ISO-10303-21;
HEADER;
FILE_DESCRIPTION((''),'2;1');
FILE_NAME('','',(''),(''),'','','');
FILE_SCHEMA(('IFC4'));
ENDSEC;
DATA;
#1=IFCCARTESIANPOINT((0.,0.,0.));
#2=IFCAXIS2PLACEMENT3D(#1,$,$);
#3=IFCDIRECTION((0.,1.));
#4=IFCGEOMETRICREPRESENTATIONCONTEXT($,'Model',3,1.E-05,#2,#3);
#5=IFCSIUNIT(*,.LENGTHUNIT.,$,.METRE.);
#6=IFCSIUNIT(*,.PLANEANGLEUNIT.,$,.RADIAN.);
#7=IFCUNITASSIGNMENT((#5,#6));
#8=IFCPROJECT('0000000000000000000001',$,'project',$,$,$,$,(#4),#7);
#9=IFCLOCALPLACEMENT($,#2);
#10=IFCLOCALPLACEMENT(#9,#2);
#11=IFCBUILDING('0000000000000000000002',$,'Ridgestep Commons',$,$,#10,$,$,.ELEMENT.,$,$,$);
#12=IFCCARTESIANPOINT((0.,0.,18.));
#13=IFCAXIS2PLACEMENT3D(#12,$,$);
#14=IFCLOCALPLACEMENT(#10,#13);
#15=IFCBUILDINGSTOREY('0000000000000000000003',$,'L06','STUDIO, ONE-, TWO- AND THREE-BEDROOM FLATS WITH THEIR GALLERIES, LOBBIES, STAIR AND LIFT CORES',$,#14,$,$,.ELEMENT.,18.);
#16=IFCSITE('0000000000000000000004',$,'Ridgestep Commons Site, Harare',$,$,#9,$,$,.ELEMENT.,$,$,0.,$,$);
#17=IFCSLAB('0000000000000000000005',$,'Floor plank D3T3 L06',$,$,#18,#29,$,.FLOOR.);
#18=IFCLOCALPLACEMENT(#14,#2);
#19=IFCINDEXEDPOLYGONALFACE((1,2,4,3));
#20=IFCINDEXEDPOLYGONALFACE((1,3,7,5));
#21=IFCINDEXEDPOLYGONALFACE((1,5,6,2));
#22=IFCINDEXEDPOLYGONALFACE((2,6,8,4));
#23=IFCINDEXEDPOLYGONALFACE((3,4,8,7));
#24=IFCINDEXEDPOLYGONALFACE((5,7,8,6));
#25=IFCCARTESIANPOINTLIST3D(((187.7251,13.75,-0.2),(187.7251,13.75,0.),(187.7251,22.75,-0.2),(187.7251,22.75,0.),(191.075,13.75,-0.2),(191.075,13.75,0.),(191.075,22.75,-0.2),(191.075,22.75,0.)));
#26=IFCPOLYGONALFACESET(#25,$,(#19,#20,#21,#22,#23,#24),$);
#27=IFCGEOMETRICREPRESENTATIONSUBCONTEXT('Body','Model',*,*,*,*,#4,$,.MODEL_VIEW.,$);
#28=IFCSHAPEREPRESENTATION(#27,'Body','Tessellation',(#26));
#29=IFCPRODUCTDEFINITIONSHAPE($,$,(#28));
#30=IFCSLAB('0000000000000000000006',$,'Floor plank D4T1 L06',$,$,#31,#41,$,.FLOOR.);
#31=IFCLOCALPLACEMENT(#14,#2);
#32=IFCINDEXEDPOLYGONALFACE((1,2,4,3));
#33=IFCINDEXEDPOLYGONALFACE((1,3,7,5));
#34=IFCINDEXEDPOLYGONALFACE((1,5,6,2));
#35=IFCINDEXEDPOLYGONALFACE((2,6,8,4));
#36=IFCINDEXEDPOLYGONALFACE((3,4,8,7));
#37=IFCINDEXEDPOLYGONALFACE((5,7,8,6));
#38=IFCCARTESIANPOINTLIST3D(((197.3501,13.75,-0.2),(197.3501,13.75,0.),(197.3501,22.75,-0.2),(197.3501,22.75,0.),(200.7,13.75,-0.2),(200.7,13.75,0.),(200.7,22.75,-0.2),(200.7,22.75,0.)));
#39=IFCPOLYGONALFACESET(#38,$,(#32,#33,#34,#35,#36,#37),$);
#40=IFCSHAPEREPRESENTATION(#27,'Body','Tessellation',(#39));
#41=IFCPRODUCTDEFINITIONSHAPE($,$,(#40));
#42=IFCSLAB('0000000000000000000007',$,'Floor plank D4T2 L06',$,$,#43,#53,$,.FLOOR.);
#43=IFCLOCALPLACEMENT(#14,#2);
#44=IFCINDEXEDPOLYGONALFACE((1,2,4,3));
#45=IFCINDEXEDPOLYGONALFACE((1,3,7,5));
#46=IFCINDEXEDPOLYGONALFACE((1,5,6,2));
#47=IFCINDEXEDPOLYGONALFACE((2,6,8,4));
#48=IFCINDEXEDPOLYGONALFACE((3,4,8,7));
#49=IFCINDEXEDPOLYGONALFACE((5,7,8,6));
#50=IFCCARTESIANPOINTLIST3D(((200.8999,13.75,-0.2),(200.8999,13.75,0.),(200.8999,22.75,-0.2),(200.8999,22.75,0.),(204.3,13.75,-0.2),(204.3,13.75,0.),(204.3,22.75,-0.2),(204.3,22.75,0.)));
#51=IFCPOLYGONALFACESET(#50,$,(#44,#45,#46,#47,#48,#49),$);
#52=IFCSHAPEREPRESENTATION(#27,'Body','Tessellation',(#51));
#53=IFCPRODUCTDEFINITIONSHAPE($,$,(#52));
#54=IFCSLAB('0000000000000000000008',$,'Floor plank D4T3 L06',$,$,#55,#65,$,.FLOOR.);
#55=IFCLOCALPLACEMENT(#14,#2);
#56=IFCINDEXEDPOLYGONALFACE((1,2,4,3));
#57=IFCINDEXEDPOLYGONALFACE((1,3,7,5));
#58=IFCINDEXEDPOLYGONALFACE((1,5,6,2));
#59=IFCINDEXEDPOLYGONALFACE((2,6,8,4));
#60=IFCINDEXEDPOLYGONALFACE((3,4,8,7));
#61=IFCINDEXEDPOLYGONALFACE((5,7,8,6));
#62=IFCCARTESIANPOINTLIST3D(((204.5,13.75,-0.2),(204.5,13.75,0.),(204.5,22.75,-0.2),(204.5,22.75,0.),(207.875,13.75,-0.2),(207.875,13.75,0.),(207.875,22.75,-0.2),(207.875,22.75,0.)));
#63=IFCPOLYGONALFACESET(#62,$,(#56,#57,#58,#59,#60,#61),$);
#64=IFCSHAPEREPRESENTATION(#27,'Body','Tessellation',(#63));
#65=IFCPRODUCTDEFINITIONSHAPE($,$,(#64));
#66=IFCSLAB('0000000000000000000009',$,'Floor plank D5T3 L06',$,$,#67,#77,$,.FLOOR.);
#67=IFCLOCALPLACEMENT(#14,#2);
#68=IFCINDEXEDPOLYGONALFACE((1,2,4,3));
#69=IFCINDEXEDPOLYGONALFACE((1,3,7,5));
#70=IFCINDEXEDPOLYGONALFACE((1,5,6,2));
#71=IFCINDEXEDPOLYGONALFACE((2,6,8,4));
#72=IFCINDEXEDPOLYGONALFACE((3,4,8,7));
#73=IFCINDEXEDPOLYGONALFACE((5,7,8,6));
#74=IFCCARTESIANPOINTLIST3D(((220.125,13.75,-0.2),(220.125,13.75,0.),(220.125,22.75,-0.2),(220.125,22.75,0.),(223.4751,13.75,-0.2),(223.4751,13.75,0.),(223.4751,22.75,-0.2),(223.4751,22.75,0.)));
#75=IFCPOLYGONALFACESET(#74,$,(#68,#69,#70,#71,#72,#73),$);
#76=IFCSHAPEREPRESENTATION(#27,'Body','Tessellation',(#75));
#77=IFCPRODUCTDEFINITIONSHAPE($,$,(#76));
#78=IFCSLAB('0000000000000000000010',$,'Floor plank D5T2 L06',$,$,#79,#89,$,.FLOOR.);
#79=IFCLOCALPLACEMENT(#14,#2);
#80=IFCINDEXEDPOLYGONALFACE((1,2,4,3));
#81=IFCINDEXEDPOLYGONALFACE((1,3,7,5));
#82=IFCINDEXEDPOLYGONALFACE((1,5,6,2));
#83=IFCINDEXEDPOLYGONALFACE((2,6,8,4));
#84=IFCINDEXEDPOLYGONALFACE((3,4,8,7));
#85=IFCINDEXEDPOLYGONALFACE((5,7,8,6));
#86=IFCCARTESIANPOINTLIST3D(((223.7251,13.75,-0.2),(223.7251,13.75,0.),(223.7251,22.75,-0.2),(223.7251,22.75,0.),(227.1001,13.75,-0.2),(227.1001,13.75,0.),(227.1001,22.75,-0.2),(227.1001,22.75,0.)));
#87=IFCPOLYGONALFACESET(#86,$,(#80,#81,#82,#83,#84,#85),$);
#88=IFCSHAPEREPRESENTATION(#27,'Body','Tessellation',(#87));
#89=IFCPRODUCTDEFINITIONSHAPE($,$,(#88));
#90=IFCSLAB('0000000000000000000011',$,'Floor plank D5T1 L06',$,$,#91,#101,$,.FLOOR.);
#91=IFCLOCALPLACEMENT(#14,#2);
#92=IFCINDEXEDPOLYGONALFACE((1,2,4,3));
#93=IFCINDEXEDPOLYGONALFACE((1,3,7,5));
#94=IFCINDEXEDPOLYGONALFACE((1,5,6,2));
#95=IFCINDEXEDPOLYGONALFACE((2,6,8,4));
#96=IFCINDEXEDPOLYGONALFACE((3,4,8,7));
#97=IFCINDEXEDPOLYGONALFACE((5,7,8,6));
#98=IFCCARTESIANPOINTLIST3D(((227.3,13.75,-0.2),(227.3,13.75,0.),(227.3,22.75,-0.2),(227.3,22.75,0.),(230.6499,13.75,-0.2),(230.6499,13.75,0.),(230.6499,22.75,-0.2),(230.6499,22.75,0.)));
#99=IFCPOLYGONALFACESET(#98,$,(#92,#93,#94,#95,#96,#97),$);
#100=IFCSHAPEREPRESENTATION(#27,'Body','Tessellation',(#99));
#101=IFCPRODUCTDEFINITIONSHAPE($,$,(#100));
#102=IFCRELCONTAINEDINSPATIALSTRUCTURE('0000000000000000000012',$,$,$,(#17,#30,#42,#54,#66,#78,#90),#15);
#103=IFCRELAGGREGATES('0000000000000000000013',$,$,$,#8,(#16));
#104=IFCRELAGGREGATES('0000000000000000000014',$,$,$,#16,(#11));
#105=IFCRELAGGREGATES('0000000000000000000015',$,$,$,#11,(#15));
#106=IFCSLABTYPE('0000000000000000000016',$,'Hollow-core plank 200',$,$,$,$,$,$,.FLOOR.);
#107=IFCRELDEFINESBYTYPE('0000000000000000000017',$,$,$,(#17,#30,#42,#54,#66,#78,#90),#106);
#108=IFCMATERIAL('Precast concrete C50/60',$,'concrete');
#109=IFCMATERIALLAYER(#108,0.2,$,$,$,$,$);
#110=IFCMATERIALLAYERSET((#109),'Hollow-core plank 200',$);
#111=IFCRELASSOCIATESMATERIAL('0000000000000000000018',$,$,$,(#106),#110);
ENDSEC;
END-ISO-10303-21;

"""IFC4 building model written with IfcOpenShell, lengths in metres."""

from ifc_helpers import new_model, si_unit, direction, frame, origin, place, context, subcontext, project, spatial, polyline, outline, extrude, material, layer, layer_set, type_object, element, save


model = new_model("IFC4")

# Units and contexts
model_context = context("Model", 3, precision=1e-05, world=origin(), true_north=direction((0.0, 1.0)))
body_context = subcontext(model_context, "Body", "Model", "MODEL_VIEW")
ifc_project = project(units=[si_unit("LENGTHUNIT", "METRE"), si_unit("PLANEANGLEUNIT", "RADIAN")], contexts=[model_context])

# Site, building, storey
site_placement = place(None, origin())
site = spatial("IfcSite", under=ifc_project, at=site_placement, Name="Ridgestep Commons Site, Harare", CompositionType="ELEMENT", RefElevation=0.0)
building_placement = place(site_placement, origin())
building = spatial("IfcBuilding", under=site, at=building_placement, Name="Ridgestep Commons", CompositionType="ELEMENT")
storey_placement = place(building_placement, frame((0.0, 0.0, 18.0)))
storey = spatial("IfcBuildingStorey", under=building, at=storey_placement, Name="L06", Description="STUDIO, ONE-, TWO- AND THREE-BEDROOM FLATS WITH THEIR GALLERIES, LOBBIES, STAIR AND LIFT CORES", CompositionType="ELEMENT", Elevation=18.0)

# Slabs
ifc_material_1 = material(Name="Precast concrete C50/60", Category="concrete")
ifc_layer_1 = layer(ifc_material_1, 0.2)
ifc_layer_set_1 = layer_set([ifc_layer_1], Name="Hollow-core plank 200")
slab_type_1 = type_object("IfcSlabType", Name="Hollow-core plank 200", PredefinedType="FLOOR", material=ifc_layer_set_1)
slab_1_placement = place(storey_placement, frame((0.0, 0.0, -0.2)))
element("IfcSlab", 1, at=slab_1_placement, inside=storey, type_object=slab_type_1, Name="Floor plank D3T3 L06", PredefinedType="FLOOR", context=body_context, shape_type="SweptSolid", body=[
    extrude(outline(polyline([(191.075, 13.75), (191.075, 22.75), (187.7251, 22.75), (187.7251, 13.75), (191.075, 13.75)])), origin(), (0.0, 0.0, 1.0), 0.2),
])
slab_2_placement = place(storey_placement, frame((0.0, 0.0, -0.2)))
element("IfcSlab", 2, at=slab_2_placement, inside=storey, type_object=slab_type_1, Name="Floor plank D4T1 L06", PredefinedType="FLOOR", context=body_context, shape_type="SweptSolid", body=[
    extrude(outline(polyline([(200.7, 13.75), (200.7, 22.75), (197.3501, 22.75), (197.3501, 13.75), (200.7, 13.75)])), origin(), (0.0, 0.0, 1.0), 0.2),
])
slab_3_placement = place(storey_placement, frame((0.0, 0.0, -0.2)))
element("IfcSlab", 3, at=slab_3_placement, inside=storey, type_object=slab_type_1, Name="Floor plank D4T2 L06", PredefinedType="FLOOR", context=body_context, shape_type="SweptSolid", body=[
    extrude(outline(polyline([(204.3, 13.75), (204.3, 22.75), (200.8999, 22.75), (200.8999, 13.75), (204.3, 13.75)])), origin(), (0.0, 0.0, 1.0), 0.2),
])
slab_4_placement = place(storey_placement, frame((0.0, 0.0, -0.2)))
element("IfcSlab", 4, at=slab_4_placement, inside=storey, type_object=slab_type_1, Name="Floor plank D4T3 L06", PredefinedType="FLOOR", context=body_context, shape_type="SweptSolid", body=[
    extrude(outline(polyline([(207.875, 13.75), (207.875, 22.75), (204.5, 22.75), (204.5, 13.75), (207.875, 13.75)])), origin(), (0.0, 0.0, 1.0), 0.2),
])
slab_5_placement = place(storey_placement, frame((0.0, 0.0, -0.2)))
element("IfcSlab", 5, at=slab_5_placement, inside=storey, type_object=slab_type_1, Name="Floor plank D5T3 L06", PredefinedType="FLOOR", context=body_context, shape_type="SweptSolid", body=[
    extrude(outline(polyline([(223.4751, 13.75), (223.4751, 22.75), (220.125, 22.75), (220.125, 13.75), (223.4751, 13.75)])), origin(), (0.0, 0.0, 1.0), 0.2),
])
slab_6_placement = place(storey_placement, frame((0.0, 0.0, -0.2)))
element("IfcSlab", 6, at=slab_6_placement, inside=storey, type_object=slab_type_1, Name="Floor plank D5T2 L06", PredefinedType="FLOOR", context=body_context, shape_type="SweptSolid", body=[
    extrude(outline(polyline([(227.1001, 13.75), (227.1001, 22.75), (223.7251, 22.75), (223.7251, 13.75), (227.1001, 13.75)])), origin(), (0.0, 0.0, 1.0), 0.2),
])
slab_7_placement = place(storey_placement, frame((0.0, 0.0, -0.2)))
element("IfcSlab", 7, at=slab_7_placement, inside=storey, type_object=slab_type_1, Name="Floor plank D5T1 L06", PredefinedType="FLOOR", context=body_context, shape_type="SweptSolid", body=[
    extrude(outline(polyline([(230.6499, 13.75), (230.6499, 22.75), (227.3, 22.75), (227.3, 13.75), (230.6499, 13.75)])), origin(), (0.0, 0.0, 1.0), 0.2),
])

save(model, "model.ifc")
